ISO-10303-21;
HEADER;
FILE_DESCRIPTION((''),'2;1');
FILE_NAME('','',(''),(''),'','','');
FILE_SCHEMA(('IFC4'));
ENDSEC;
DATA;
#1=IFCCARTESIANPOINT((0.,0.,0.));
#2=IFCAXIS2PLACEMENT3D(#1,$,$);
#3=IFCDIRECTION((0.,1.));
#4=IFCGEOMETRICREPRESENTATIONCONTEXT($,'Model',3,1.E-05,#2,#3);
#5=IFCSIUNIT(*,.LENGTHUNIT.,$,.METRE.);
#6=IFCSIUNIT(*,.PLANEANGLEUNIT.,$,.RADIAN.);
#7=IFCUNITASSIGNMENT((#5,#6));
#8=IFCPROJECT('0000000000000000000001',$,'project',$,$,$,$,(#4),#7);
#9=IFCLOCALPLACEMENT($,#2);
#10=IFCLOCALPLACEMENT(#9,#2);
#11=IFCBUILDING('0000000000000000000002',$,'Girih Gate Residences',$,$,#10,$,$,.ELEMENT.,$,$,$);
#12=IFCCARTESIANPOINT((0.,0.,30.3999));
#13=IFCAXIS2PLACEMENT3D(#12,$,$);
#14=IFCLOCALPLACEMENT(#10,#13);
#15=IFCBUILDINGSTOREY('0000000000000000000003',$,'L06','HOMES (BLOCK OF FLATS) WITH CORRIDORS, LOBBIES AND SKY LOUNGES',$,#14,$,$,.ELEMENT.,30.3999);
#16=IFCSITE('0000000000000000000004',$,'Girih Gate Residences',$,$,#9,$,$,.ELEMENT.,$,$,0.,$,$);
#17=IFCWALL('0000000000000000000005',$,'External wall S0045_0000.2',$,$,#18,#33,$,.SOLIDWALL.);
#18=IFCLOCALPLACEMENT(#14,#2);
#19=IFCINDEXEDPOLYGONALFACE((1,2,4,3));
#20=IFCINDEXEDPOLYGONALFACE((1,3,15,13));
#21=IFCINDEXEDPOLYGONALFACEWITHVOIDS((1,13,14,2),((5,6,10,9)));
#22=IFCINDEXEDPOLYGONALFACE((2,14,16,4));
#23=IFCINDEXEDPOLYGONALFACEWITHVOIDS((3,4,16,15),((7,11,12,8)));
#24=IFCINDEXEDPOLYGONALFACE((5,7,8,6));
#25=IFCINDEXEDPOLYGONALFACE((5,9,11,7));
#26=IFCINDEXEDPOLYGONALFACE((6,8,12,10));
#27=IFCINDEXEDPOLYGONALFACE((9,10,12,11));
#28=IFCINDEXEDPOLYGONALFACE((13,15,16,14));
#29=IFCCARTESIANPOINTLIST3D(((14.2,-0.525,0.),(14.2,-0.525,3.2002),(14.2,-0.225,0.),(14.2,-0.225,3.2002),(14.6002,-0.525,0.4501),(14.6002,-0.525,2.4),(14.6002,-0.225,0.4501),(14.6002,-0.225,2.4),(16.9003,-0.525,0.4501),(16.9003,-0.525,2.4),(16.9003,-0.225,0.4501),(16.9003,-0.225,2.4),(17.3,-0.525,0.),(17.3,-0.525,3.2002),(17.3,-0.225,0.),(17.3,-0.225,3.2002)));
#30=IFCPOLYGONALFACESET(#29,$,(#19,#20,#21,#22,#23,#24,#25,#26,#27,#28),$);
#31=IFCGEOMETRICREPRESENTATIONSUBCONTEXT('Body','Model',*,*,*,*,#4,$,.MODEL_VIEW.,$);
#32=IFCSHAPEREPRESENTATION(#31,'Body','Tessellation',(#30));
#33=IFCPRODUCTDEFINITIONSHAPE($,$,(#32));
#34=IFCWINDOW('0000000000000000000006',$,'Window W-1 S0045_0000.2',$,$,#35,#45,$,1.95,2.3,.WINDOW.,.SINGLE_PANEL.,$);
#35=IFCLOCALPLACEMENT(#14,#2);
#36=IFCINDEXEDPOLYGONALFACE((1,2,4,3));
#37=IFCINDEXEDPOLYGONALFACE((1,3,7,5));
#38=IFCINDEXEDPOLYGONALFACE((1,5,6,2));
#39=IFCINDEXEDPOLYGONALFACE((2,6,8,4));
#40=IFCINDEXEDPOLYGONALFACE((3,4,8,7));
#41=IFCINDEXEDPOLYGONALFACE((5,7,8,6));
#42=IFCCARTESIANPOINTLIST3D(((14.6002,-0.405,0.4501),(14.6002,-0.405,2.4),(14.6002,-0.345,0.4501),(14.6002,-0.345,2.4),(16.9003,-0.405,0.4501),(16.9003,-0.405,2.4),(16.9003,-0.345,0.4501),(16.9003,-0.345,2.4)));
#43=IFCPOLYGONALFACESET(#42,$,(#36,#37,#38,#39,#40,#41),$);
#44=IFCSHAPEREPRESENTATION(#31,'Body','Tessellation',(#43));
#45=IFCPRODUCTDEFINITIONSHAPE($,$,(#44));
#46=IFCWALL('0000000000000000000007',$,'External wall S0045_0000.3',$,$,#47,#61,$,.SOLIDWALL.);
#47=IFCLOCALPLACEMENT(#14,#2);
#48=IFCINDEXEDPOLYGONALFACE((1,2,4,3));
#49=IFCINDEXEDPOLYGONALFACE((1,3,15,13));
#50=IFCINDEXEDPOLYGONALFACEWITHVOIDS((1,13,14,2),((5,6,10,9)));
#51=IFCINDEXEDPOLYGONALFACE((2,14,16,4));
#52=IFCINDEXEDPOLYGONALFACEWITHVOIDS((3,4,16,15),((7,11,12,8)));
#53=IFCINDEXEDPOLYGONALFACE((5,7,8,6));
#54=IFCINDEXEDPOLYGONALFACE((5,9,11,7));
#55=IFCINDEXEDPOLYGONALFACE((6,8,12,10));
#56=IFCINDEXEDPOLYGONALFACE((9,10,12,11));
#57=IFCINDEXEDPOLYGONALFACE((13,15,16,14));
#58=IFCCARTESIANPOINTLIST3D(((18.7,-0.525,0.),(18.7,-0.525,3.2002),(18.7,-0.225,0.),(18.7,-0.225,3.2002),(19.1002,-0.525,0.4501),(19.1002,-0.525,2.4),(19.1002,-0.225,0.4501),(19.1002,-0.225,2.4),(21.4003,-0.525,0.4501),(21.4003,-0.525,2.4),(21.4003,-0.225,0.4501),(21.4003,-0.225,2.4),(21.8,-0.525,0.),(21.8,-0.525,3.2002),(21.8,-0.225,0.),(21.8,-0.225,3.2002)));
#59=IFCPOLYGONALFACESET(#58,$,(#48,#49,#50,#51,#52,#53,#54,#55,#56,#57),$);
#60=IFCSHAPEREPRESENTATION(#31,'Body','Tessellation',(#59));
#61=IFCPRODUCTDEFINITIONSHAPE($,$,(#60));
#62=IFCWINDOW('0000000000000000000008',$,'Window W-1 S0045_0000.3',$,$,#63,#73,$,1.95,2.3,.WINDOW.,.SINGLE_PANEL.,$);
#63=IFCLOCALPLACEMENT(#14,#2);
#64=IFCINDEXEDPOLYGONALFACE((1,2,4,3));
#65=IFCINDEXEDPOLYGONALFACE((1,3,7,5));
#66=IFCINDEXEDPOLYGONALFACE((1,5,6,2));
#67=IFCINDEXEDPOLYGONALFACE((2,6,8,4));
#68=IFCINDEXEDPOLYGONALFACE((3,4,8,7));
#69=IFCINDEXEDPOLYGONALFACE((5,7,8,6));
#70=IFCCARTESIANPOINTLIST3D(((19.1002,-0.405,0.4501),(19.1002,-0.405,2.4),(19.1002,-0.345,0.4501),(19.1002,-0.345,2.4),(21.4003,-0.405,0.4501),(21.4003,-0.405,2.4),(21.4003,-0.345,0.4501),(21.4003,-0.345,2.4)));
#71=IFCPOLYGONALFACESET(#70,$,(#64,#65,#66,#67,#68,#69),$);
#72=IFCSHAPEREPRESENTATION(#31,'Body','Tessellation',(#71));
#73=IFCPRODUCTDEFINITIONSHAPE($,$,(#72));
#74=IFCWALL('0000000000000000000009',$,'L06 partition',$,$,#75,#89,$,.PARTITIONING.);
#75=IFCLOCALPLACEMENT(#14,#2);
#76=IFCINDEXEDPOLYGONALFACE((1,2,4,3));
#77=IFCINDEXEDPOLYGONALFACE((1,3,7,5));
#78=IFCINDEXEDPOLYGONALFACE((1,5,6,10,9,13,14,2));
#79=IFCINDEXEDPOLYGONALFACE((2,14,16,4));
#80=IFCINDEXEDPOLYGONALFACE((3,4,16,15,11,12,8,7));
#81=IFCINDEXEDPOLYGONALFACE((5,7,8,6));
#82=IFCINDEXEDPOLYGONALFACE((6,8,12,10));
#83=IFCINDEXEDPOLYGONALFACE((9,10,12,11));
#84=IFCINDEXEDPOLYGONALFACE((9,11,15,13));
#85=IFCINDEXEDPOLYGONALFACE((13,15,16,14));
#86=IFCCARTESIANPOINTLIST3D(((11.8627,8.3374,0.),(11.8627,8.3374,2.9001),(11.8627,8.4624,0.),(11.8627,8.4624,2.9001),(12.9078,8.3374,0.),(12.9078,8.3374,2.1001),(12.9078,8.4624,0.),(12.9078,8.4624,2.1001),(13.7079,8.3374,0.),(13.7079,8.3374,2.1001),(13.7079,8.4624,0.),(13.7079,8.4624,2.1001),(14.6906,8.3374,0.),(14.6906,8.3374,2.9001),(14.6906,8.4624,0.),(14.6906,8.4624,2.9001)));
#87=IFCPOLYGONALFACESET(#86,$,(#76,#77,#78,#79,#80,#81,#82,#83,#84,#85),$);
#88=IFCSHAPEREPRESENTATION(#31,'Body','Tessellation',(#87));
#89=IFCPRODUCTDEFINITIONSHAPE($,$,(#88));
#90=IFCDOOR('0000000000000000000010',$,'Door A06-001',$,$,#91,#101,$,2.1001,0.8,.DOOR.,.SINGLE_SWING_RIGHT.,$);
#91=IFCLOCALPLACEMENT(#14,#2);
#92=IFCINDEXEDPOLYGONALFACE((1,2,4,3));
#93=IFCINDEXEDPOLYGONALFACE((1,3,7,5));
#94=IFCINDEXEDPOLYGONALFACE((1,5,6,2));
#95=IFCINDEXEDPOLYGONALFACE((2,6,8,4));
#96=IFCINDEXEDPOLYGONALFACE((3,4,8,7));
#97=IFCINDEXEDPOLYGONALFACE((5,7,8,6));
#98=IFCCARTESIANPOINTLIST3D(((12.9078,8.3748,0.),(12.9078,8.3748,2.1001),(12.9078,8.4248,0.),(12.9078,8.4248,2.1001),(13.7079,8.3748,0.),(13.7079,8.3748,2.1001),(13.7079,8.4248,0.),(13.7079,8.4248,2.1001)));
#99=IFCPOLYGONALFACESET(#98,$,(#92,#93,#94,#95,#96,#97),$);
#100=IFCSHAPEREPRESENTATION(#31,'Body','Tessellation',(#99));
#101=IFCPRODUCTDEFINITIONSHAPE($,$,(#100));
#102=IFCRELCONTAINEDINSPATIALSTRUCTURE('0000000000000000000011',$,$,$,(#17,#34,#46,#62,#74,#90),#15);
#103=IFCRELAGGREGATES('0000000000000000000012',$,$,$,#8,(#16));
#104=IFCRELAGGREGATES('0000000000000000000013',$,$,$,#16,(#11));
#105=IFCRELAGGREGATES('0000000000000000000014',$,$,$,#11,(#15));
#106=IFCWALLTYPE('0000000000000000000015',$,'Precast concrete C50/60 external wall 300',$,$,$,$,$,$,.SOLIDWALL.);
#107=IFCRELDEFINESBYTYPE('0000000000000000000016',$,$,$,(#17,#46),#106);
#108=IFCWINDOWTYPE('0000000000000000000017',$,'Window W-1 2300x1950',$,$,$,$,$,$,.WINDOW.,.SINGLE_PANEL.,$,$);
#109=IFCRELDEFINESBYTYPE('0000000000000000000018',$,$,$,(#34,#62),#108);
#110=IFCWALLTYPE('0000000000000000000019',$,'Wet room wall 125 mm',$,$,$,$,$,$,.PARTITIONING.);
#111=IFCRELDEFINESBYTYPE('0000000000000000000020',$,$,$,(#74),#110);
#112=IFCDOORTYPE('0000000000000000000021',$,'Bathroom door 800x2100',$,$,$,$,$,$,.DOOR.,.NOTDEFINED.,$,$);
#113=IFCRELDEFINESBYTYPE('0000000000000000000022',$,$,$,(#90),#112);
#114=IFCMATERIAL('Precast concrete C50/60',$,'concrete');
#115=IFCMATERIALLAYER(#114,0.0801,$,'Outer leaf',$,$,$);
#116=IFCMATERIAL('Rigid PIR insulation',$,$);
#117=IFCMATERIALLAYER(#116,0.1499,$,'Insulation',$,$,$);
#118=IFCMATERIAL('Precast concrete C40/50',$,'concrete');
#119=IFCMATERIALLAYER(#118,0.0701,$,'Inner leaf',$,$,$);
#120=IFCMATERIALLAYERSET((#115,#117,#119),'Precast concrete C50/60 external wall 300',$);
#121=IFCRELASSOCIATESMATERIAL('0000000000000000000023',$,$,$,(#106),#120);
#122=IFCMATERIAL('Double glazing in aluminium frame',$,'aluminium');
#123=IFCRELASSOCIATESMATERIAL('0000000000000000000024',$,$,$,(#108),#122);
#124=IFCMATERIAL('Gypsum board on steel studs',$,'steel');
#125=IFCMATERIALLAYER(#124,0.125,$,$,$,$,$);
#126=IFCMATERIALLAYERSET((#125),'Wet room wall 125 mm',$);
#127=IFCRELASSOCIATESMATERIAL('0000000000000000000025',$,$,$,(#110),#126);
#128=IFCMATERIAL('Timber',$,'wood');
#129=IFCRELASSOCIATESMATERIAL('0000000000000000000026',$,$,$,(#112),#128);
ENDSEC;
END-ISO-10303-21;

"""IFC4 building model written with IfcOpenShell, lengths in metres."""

from ifc_helpers import new_model, si_unit, direction, frame, frame_2d, origin, place, context, subcontext, project, spatial, rectangle, extrude, material, layer, layer_set, type_object, element, fill, save


model = new_model("IFC4")

# Units and contexts
model_context = context("Model", 3, precision=1e-05, world=origin(), true_north=direction((0.0, 1.0)))
body_context = subcontext(model_context, "Body", "Model", "MODEL_VIEW")
ifc_project = project(units=[si_unit("LENGTHUNIT", "METRE"), si_unit("PLANEANGLEUNIT", "RADIAN")], contexts=[model_context])

# Site, building, storey
site_placement = place(None, origin())
site = spatial("IfcSite", under=ifc_project, at=site_placement, Name="Girih Gate Residences", CompositionType="ELEMENT", RefElevation=0.0)
building_placement = place(site_placement, origin())
building = spatial("IfcBuilding", under=site, at=building_placement, Name="Girih Gate Residences", CompositionType="ELEMENT")
storey_placement = place(building_placement, frame((0.0, 0.0, 30.3999)))
storey = spatial("IfcBuildingStorey", under=building, at=storey_placement, Name="L06", Description="HOMES (BLOCK OF FLATS) WITH CORRIDORS, LOBBIES AND SKY LOUNGES", CompositionType="ELEMENT", Elevation=30.3999)

# Shared definitions
ifc_material_1 = material(Name="Gypsum board on steel studs", Category="steel")

# Shared definitions
ifc_material_2 = material(Name="Timber", Category="wood")

# Walls, openings, windows
ifc_material_3 = material(Name="Precast concrete C50/60", Category="concrete")
ifc_layer_1 = layer(ifc_material_3, 0.0801, Name="Outer leaf")
ifc_material_4 = material(Name="Rigid PIR insulation")
ifc_layer_2 = layer(ifc_material_4, 0.1499, Name="Insulation")
ifc_material_5 = material(Name="Precast concrete C40/50", Category="concrete")
ifc_layer_3 = layer(ifc_material_5, 0.0701, Name="Inner leaf")
ifc_layer_set_1 = layer_set([ifc_layer_1, ifc_layer_2, ifc_layer_3], Name="Precast concrete C50/60 external wall 300")
wall_type_1 = type_object("IfcWallType", Name="Precast concrete C50/60 external wall 300", PredefinedType="SOLIDWALL", material=ifc_layer_set_1)
ifc_material_6 = material(Name="Double glazing in aluminium frame", Category="aluminium")
window_type = type_object("IfcWindowType", Name="Window W-1 2300x1950", PartitioningType="SINGLE_PANEL", PredefinedType="WINDOW", material=ifc_material_6)
wall_1_placement = place(storey_placement, frame((17.3, -0.375, 0.0), z_axis=(0.0, 0.0, 1.0), x_axis=(-1.0, 0.0, 0.0)))
wall_1 = element("IfcWall", 1, at=wall_1_placement, inside=storey, type_object=wall_type_1, Name="External wall S0045_0000.2", PredefinedType="SOLIDWALL", context=body_context, shape_type="SweptSolid", body=[
    extrude(rectangle(XDim=3.1001, YDim=0.3, at=frame_2d((1.55, 0.0))), origin(), (0.0, 0.0, 1.0), 3.2002),
])
opening_1_placement = place(wall_1_placement, frame((0.3999, 0.0, 0.45)))
opening_1 = element("IfcOpeningElement", 2, at=opening_1_placement, cuts=wall_1, PredefinedType="OPENING", context=body_context, shape_type="SweptSolid", body=[
    extrude(rectangle(XDim=2.3, YDim=1.95, at=frame_2d((1.1499, 0.9751))), frame((0.0, 0.1599, 0.0), z_axis=(0.0, -1.0, 0.0), x_axis=(1.0, 0.0, 0.0)), (0.0, 0.0, 1.0), 0.3201),
])
window_1_placement = place(opening_1_placement, origin())
window_1 = element("IfcWindow", 3, at=window_1_placement, inside=storey, type_object=window_type, Name="Window W-1 S0045_0000.2", OverallHeight=1.95, OverallWidth=2.3, PartitioningType="SINGLE_PANEL", PredefinedType="WINDOW", context=body_context, shape_type="SweptSolid", body=[
    extrude(rectangle(XDim=2.3, YDim=1.95, at=frame_2d((1.1499, 0.9751))), frame((0.0, 0.03, 0.0), z_axis=(0.0, -1.0, 0.0), x_axis=(1.0, 0.0, 0.0)), (0.0, 0.0, 1.0), 0.0601),
])
fill(opening_1, window_1)
wall_2_placement = place(storey_placement, frame((21.8, -0.375, 0.0), z_axis=(0.0, 0.0, 1.0), x_axis=(-1.0, 0.0, 0.0)))
wall_2 = element("IfcWall", 4, at=wall_2_placement, inside=storey, type_object=wall_type_1, Name="External wall S0045_0000.3", PredefinedType="SOLIDWALL", context=body_context, shape_type="SweptSolid", body=[
    extrude(rectangle(XDim=3.1001, YDim=0.3, at=frame_2d((1.55, 0.0))), origin(), (0.0, 0.0, 1.0), 3.2002),
])
opening_2_placement = place(wall_2_placement, frame((0.3999, 0.0, 0.45)))
opening_2 = element("IfcOpeningElement", 5, at=opening_2_placement, cuts=wall_2, PredefinedType="OPENING", context=body_context, shape_type="SweptSolid", body=[
    extrude(rectangle(XDim=2.3, YDim=1.95, at=frame_2d((1.1499, 0.9751))), frame((0.0, 0.1599, 0.0), z_axis=(0.0, -1.0, 0.0), x_axis=(1.0, 0.0, 0.0)), (0.0, 0.0, 1.0), 0.3201),
])
window_2_placement = place(opening_2_placement, origin())
window_2 = element("IfcWindow", 6, at=window_2_placement, inside=storey, type_object=window_type, Name="Window W-1 S0045_0000.3", OverallHeight=1.95, OverallWidth=2.3, PartitioningType="SINGLE_PANEL", PredefinedType="WINDOW", context=body_context, shape_type="SweptSolid", body=[
    extrude(rectangle(XDim=2.3, YDim=1.95, at=frame_2d((1.1499, 0.9751))), frame((0.0, 0.03, 0.0), z_axis=(0.0, -1.0, 0.0), x_axis=(1.0, 0.0, 0.0)), (0.0, 0.0, 1.0), 0.0601),
])
fill(opening_2, window_2)

# Wall, opening, door
ifc_layer_4 = layer(ifc_material_1, 0.125)
ifc_layer_set_2 = layer_set([ifc_layer_4], Name="Wet room wall 125 mm")
wall_type_2 = type_object("IfcWallType", Name="Wet room wall 125 mm", PredefinedType="PARTITIONING", material=ifc_layer_set_2)
wall_3_placement = place(storey_placement, frame((11.8625, 8.3999, 0.0), z_axis=(0.0, 0.0, 1.0), x_axis=(1.0, 0.0, 0.0)))
wall_3 = element("IfcWall", 7, at=wall_3_placement, inside=storey, type_object=wall_type_2, Name="L06 partition", PredefinedType="PARTITIONING", context=body_context, shape_type="SweptSolid", body=[
    extrude(rectangle(XDim=2.8279, YDim=0.125, at=frame_2d((1.4141, 0.0))), origin(), (0.0, 0.0, 1.0), 2.9001),
])
opening_3_placement = place(wall_3_placement, frame((1.0454, 0.0, 0.0)))
opening_3 = element("IfcOpeningElement", 8, at=opening_3_placement, cuts=wall_3, PredefinedType="OPENING", context=body_context, shape_type="SweptSolid", body=[
    extrude(rectangle(XDim=0.8, YDim=2.1001, at=frame_2d((0.3999, 1.05))), frame((0.0, 0.0725, 0.0), z_axis=(0.0, -1.0, 0.0), x_axis=(1.0, 0.0, 0.0)), (0.0, 0.0, 1.0), 0.145),
])
door_type_1 = type_object("IfcDoorType", Name="Bathroom door 800x2100", OperationType="NOTDEFINED", PredefinedType="DOOR", material=ifc_material_2)
door_1_placement = place(opening_3_placement, origin())
door_1 = element("IfcDoor", 9, at=door_1_placement, inside=storey, type_object=door_type_1, Name="Door A06-001", OperationType="SINGLE_SWING_RIGHT", OverallHeight=2.1001, OverallWidth=0.8, PredefinedType="DOOR", context=body_context, shape_type="SweptSolid", body=[
    extrude(rectangle(XDim=0.8, YDim=2.1001, at=frame_2d((0.3999, 1.05))), frame((0.0, 0.0249, 0.0), z_axis=(0.0, -1.0, 0.0), x_axis=(1.0, 0.0, 0.0)), (0.0, 0.0, 1.0), 0.05),
])
fill(opening_3, door_1)

save(model, "model.ifc")
